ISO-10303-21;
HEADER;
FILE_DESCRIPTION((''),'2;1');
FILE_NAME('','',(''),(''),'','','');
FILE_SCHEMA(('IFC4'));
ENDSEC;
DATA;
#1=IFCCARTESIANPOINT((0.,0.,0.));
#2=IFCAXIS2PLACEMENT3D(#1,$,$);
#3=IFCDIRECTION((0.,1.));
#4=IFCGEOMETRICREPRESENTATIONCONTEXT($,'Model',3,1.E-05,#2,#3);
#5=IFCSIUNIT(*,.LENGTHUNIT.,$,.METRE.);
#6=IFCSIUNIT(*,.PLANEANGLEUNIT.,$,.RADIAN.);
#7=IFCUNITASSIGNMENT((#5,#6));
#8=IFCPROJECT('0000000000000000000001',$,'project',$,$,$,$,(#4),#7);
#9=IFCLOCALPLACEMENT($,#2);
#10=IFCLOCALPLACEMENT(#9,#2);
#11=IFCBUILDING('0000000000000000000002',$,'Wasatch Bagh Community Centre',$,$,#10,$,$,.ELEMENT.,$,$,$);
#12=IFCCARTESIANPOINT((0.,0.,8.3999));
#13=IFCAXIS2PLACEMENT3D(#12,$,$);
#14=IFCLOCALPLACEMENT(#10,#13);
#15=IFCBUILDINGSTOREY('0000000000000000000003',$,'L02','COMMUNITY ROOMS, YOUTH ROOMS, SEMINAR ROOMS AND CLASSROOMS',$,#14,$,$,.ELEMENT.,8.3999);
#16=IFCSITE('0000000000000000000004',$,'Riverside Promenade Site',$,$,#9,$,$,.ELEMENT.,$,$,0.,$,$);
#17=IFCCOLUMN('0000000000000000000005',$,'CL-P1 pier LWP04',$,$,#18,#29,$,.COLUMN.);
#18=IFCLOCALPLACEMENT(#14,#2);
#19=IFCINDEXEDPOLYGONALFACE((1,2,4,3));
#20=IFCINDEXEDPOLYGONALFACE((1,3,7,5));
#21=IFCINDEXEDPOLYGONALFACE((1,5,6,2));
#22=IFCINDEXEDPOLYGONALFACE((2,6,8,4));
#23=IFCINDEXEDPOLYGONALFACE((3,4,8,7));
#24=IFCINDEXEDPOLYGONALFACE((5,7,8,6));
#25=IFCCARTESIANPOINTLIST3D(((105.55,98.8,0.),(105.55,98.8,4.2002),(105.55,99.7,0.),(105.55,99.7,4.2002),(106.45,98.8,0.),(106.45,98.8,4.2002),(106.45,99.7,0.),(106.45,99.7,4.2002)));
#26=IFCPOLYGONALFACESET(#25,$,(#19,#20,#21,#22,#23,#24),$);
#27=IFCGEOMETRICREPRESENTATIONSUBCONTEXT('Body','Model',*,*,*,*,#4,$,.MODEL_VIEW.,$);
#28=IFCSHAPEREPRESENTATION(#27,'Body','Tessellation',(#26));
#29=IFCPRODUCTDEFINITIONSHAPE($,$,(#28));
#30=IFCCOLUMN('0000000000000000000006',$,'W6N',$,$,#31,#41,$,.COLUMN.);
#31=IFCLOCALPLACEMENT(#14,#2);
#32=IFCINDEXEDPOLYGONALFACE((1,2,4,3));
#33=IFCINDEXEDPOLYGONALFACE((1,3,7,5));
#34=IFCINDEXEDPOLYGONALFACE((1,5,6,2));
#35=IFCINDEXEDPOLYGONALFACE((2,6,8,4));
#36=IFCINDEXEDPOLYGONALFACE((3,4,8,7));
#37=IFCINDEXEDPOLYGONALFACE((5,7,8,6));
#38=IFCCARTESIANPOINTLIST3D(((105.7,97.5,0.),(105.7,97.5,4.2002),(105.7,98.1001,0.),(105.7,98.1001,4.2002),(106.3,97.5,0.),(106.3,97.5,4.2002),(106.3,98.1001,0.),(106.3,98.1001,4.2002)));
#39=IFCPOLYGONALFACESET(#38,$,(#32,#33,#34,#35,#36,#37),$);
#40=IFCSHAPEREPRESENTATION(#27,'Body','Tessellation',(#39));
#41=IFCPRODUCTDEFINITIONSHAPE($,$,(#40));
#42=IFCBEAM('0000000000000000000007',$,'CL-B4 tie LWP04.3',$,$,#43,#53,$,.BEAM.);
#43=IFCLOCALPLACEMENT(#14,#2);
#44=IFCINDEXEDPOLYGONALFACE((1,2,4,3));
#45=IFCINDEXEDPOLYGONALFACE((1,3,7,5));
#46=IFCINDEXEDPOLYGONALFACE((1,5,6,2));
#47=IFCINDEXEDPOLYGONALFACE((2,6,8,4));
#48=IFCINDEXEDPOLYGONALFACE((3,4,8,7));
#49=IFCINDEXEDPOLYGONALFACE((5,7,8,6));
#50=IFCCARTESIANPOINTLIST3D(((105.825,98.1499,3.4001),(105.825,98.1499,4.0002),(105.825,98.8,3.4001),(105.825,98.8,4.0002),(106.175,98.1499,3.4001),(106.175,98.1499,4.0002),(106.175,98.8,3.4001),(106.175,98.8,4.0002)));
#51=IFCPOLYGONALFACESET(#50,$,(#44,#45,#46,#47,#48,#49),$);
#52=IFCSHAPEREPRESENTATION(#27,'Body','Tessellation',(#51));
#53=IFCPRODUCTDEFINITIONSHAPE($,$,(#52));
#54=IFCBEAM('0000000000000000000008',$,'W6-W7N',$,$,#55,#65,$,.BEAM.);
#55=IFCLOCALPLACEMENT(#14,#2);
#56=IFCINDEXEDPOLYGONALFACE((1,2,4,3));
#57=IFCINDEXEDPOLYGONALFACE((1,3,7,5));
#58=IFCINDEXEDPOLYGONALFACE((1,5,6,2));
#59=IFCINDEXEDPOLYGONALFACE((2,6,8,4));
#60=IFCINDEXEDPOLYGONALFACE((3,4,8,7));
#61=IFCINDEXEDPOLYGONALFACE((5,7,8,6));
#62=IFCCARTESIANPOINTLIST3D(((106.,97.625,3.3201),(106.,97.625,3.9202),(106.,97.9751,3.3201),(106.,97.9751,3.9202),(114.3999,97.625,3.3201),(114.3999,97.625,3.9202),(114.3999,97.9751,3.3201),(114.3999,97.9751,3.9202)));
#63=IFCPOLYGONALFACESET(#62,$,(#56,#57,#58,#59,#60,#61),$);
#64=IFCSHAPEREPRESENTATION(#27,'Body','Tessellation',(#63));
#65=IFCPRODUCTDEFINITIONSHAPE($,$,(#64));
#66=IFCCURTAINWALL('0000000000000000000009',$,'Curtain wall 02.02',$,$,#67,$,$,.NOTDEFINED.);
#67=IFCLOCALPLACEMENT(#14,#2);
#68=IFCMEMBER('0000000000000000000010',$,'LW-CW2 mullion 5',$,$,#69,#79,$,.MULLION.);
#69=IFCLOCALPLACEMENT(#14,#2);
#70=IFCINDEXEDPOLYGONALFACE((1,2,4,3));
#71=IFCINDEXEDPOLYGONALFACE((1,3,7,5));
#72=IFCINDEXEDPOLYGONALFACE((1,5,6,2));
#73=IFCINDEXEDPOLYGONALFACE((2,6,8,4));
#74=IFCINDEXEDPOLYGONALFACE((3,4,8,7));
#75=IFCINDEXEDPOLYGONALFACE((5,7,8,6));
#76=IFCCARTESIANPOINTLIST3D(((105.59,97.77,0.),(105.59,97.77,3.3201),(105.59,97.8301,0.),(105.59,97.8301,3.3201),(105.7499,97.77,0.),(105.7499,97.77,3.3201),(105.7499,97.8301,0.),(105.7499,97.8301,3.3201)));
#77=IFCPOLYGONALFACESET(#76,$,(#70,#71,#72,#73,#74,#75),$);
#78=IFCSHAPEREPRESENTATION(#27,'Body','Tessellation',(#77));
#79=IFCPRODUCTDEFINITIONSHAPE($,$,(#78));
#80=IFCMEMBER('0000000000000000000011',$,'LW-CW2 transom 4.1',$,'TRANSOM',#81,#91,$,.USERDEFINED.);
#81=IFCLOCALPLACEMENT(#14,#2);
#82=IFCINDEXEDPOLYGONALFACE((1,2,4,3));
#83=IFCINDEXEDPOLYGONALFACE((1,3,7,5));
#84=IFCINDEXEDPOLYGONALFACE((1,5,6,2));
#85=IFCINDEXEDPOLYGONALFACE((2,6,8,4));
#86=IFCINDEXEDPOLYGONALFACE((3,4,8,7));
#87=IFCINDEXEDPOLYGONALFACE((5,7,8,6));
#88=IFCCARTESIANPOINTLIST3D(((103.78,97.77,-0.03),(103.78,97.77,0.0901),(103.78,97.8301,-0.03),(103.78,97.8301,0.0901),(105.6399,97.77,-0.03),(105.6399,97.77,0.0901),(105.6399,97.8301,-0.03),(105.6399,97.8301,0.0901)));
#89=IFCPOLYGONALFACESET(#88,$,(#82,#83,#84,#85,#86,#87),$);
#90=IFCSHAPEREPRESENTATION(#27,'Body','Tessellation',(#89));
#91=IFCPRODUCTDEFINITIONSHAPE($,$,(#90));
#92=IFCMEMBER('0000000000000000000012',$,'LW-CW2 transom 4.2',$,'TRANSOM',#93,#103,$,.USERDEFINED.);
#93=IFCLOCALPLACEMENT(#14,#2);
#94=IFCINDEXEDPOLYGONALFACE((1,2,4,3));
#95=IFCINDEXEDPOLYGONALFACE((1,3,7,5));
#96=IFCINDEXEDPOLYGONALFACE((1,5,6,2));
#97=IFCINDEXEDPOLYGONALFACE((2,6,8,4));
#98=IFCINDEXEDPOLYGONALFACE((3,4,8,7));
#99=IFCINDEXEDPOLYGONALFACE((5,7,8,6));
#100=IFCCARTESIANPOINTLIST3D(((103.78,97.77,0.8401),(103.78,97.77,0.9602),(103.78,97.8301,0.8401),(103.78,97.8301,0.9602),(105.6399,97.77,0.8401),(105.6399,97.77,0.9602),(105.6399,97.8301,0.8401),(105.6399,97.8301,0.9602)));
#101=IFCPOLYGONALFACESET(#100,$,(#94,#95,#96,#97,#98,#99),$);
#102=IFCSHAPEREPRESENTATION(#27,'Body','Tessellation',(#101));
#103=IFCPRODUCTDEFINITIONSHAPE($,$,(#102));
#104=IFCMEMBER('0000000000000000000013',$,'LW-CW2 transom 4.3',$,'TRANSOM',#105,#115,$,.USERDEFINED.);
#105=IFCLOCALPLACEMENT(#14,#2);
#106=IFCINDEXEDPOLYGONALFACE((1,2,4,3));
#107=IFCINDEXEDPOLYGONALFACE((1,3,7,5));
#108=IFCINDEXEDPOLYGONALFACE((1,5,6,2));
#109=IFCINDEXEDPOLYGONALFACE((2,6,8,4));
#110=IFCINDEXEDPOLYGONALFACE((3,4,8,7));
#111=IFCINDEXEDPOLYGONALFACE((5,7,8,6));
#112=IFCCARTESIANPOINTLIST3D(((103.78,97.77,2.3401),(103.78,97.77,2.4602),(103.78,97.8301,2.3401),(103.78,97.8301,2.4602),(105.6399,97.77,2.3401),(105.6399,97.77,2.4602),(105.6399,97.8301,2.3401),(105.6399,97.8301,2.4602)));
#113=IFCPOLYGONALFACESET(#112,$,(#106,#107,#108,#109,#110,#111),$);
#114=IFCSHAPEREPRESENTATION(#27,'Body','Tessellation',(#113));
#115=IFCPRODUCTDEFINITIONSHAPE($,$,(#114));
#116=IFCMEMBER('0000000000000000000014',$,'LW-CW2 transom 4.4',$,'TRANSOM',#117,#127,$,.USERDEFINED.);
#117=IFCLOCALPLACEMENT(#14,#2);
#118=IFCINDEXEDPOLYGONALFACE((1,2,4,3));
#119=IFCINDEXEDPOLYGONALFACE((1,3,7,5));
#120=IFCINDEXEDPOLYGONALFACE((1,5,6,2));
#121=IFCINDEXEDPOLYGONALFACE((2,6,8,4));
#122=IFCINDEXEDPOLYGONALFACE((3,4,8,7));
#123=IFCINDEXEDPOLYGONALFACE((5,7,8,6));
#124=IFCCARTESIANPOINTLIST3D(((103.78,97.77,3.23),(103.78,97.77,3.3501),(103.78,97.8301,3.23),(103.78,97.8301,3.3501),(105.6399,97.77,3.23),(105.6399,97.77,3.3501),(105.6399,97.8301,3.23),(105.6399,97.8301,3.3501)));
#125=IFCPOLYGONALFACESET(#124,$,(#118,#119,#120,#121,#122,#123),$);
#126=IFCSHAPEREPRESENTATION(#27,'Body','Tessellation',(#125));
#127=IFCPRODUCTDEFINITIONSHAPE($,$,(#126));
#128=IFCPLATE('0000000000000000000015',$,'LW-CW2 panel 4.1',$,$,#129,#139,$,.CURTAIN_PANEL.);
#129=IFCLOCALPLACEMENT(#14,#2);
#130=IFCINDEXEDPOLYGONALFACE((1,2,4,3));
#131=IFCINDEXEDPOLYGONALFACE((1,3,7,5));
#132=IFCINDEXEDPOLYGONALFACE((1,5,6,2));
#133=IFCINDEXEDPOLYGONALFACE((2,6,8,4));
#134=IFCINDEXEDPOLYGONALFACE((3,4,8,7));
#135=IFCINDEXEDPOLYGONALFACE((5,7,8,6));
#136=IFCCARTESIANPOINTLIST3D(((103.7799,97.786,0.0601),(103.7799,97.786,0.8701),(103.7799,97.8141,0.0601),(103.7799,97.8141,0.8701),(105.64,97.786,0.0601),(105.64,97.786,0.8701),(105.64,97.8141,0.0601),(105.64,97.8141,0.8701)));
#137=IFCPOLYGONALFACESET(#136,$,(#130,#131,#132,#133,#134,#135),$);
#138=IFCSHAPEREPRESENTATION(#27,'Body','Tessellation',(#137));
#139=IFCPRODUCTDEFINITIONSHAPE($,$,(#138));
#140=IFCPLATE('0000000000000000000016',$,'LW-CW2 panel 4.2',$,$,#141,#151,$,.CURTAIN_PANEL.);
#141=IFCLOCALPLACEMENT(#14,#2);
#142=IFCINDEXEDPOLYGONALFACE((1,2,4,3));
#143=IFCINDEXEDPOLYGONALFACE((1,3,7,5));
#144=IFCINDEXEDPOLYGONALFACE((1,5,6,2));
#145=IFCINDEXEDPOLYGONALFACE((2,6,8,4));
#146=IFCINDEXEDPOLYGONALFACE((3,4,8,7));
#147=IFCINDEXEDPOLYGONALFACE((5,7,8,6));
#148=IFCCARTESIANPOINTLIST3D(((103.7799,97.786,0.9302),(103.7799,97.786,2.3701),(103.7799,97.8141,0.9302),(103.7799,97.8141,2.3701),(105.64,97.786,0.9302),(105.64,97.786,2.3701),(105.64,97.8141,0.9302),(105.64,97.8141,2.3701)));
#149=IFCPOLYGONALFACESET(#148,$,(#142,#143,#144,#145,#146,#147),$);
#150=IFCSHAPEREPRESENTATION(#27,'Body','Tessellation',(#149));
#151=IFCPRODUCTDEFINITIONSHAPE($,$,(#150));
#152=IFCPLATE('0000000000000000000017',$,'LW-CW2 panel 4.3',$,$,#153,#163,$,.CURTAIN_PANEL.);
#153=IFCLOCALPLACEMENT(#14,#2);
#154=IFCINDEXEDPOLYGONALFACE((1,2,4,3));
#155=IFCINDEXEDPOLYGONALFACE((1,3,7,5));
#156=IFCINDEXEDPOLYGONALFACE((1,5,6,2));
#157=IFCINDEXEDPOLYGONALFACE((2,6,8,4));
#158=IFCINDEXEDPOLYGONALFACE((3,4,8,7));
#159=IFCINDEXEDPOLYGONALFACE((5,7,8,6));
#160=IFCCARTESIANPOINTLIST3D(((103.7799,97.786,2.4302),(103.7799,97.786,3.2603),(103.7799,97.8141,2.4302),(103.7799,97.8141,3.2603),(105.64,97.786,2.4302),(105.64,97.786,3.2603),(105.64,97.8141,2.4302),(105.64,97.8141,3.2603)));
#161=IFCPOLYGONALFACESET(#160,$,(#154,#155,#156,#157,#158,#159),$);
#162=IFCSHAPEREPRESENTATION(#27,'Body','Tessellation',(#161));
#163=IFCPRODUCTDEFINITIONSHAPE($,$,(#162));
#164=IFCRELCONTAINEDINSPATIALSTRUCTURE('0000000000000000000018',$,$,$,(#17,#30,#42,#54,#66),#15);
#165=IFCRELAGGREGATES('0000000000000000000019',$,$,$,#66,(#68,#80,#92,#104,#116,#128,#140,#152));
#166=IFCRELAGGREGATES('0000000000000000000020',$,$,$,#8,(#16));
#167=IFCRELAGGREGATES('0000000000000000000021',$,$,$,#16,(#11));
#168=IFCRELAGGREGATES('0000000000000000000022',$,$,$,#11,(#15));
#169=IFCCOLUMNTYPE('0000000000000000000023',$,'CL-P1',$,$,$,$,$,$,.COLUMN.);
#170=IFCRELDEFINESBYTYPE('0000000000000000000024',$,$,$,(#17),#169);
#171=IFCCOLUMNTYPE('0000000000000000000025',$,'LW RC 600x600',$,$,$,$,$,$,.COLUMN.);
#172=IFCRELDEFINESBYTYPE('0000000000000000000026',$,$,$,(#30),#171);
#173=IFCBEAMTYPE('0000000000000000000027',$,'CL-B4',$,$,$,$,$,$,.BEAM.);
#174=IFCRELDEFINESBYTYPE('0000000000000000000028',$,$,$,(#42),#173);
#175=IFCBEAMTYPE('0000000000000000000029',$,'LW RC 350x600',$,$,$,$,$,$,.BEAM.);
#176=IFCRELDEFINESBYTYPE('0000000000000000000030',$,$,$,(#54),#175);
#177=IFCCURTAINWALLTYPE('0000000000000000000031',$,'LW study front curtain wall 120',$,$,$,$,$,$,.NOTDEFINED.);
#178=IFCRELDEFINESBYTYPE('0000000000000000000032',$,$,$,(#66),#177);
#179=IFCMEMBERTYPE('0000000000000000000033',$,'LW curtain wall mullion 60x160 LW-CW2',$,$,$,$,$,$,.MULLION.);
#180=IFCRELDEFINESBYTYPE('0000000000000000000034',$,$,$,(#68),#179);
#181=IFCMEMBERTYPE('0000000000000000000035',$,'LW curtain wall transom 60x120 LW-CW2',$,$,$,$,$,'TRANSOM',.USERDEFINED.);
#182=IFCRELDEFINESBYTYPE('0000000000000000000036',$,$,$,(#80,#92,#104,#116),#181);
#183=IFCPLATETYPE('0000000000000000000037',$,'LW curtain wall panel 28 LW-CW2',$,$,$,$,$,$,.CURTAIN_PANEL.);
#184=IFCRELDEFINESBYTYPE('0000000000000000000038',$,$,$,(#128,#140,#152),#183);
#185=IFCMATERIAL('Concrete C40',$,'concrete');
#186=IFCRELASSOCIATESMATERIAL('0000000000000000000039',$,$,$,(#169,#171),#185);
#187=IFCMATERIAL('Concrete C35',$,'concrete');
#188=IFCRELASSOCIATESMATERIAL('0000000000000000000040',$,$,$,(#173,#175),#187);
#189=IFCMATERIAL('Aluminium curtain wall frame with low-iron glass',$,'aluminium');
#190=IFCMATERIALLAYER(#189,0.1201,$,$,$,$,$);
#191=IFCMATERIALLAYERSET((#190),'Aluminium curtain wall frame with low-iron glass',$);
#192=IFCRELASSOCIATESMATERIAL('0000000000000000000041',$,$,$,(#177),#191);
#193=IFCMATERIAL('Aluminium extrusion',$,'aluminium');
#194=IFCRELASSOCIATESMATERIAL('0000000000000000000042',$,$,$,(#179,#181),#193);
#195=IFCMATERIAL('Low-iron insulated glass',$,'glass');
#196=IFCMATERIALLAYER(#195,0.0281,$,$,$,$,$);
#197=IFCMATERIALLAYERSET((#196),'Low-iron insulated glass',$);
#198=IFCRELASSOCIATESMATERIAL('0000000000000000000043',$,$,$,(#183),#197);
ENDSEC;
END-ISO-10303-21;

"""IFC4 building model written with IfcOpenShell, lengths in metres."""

from ifc_helpers import new_model, si_unit, direction, frame, origin, origin_2d, place, context, subcontext, project, spatial, rectangle, extrude, material, layer, layer_set, material_profile, profile_set, type_object, element, aggregate, save


model = new_model("IFC4")

# Units and contexts
model_context = context("Model", 3, precision=1e-05, world=origin(), true_north=direction((0.0, 1.0)))
body_context = subcontext(model_context, "Body", "Model", "MODEL_VIEW")
ifc_project = project(units=[si_unit("LENGTHUNIT", "METRE"), si_unit("PLANEANGLEUNIT", "RADIAN")], contexts=[model_context])

# Site, building, storey
site_placement = place(None, origin())
site = spatial("IfcSite", under=ifc_project, at=site_placement, Name="Riverside Promenade Site", CompositionType="ELEMENT", RefElevation=0.0)
building_placement = place(site_placement, origin())
building = spatial("IfcBuilding", under=site, at=building_placement, Name="Wasatch Bagh Community Centre", CompositionType="ELEMENT")
storey_placement = place(building_placement, frame((0.0, 0.0, 8.3999)))
storey = spatial("IfcBuildingStorey", under=building, at=storey_placement, Name="L02", Description="COMMUNITY ROOMS, YOUTH ROOMS, SEMINAR ROOMS AND CLASSROOMS", CompositionType="ELEMENT", Elevation=8.3999)

# Columns
ifc_material_1 = material(Name="Concrete C40", Category="concrete")
ifc_material_profile_1 = material_profile(ifc_material_1, rectangle(XDim=0.8999, YDim=0.8999, at=origin_2d()), Name="RC 900x900")
ifc_profile_set_1 = profile_set([ifc_material_profile_1], Name="Concrete C40")
column_type_1 = type_object("IfcColumnType", Name="CL-P1", PredefinedType="COLUMN", material=ifc_profile_set_1)
column_1_placement = place(storey_placement, frame((106.0, 99.25, 0.0), z_axis=(0.0, 0.0, 1.0), x_axis=(1.0, 0.0, 0.0)))
element("IfcColumn", 1, at=column_1_placement, inside=storey, type_object=column_type_1, Name="CL-P1 pier LWP04", PredefinedType="COLUMN", context=body_context, shape_type="SweptSolid", body=[
    extrude(rectangle(XDim=0.8999, YDim=0.8999, at=origin_2d()), origin(), (0.0, 0.0, 1.0), 4.2002),
])
ifc_material_profile_2 = material_profile(ifc_material_1, rectangle(XDim=0.6001, YDim=0.6001, at=origin_2d()), Name="RC 600x600")
ifc_profile_set_2 = profile_set([ifc_material_profile_2], Name="Concrete C40")
column_type_2 = type_object("IfcColumnType", Name="LW RC 600x600", PredefinedType="COLUMN", material=ifc_profile_set_2)
column_2_placement = place(storey_placement, frame((106.0, 97.8, 0.0), z_axis=(0.0, 0.0, 1.0), x_axis=(1.0, 0.0, 0.0)))
element("IfcColumn", 2, at=column_2_placement, inside=storey, type_object=column_type_2, Name="W6N", PredefinedType="COLUMN", context=body_context, shape_type="SweptSolid", body=[
    extrude(rectangle(XDim=0.6001, YDim=0.6001, at=origin_2d()), origin(), (0.0, 0.0, 1.0), 4.2002),
])

# Beams
ifc_material_2 = material(Name="Concrete C35", Category="concrete")
ifc_material_profile_3 = material_profile(ifc_material_2, rectangle(XDim=0.3501, YDim=0.6001, at=origin_2d()), Name="RC 350x600")
ifc_profile_set_3 = profile_set([ifc_material_profile_3], Name="Concrete C35")
beam_type_1 = type_object("IfcBeamType", Name="CL-B4", PredefinedType="BEAM", material=ifc_profile_set_3)
beam_1_placement = place(storey_placement, frame((106.0, 98.1499, 3.7002), z_axis=(0.0, 1.0, 0.0), x_axis=(-1.0, 0.0, 0.0)))
element("IfcBeam", 3, at=beam_1_placement, inside=storey, type_object=beam_type_1, Name="CL-B4 tie LWP04.3", PredefinedType="BEAM", context=body_context, shape_type="SweptSolid", body=[
    extrude(rectangle(XDim=0.3501, YDim=0.6001, at=origin_2d()), origin(), (0.0, 0.0, 1.0), 0.6501),
])
ifc_material_profile_4 = material_profile(ifc_material_2, rectangle(XDim=0.3501, YDim=0.6001, at=origin_2d()), Name="RC 350x600")
ifc_profile_set_4 = profile_set([ifc_material_profile_4], Name="Concrete C35")
beam_type_2 = type_object("IfcBeamType", Name="LW RC 350x600", PredefinedType="BEAM", material=ifc_profile_set_4)
beam_2_placement = place(storey_placement, frame((106.0, 97.8, 3.6201), z_axis=(1.0, 0.0, 0.0), x_axis=(0.0, 1.0, 0.0)))
element("IfcBeam", 4, at=beam_2_placement, inside=storey, type_object=beam_type_2, Name="W6-W7N", PredefinedType="BEAM", context=body_context, shape_type="SweptSolid", body=[
    extrude(rectangle(XDim=0.3501, YDim=0.6001, at=origin_2d()), origin(), (0.0, 0.0, 1.0), 8.3999),
])

# Curtain wall, members, plates
ifc_material_3 = material(Name="Aluminium curtain wall frame with low-iron glass", Category="aluminium")
ifc_layer_1 = layer(ifc_material_3, 0.1201)
ifc_layer_set_1 = layer_set([ifc_layer_1], Name="Aluminium curtain wall frame with low-iron glass")
curtain_wall_type = type_object("IfcCurtainWallType", Name="LW study front curtain wall 120", PredefinedType="NOTDEFINED", material=ifc_layer_set_1)
curtain_wall_placement = place(storey_placement, origin())
curtain_wall = element("IfcCurtainWall", 5, at=curtain_wall_placement, inside=storey, type_object=curtain_wall_type, Name="Curtain wall 02.02", PredefinedType="NOTDEFINED")
ifc_material_4 = material(Name="Aluminium extrusion", Category="aluminium")
ifc_material_profile_5 = material_profile(ifc_material_4, rectangle(XDim=0.0601, YDim=0.1599, at=origin_2d()), Name="AL 60x160")
ifc_profile_set_5 = profile_set([ifc_material_profile_5], Name="Aluminium extrusion")
member_type_1 = type_object("IfcMemberType", Name="LW curtain wall mullion 60x160 LW-CW2", PredefinedType="MULLION", material=ifc_profile_set_5)
member_1_placement = place(storey_placement, frame((105.6699, 97.8, 0.0), z_axis=(0.0, 0.0, 1.0), x_axis=(0.0, 1.0, 0.0)))
member_1 = element("IfcMember", 6, at=member_1_placement, type_object=member_type_1, Name="LW-CW2 mullion 5", PredefinedType="MULLION", context=body_context, shape_type="SweptSolid", body=[
    extrude(rectangle(XDim=0.0601, YDim=0.1599, at=origin_2d()), origin(), (0.0, 0.0, 1.0), 3.3201),
])
ifc_material_profile_6 = material_profile(ifc_material_4, rectangle(XDim=0.0601, YDim=0.1201, at=origin_2d()), Name="AL 60x120")
ifc_profile_set_6 = profile_set([ifc_material_profile_6], Name="Aluminium extrusion")
member_type_2 = type_object("IfcMemberType", Name="LW curtain wall transom 60x120 LW-CW2", ElementType="TRANSOM", PredefinedType="USERDEFINED", material=ifc_profile_set_6)
member_2_placement = place(storey_placement, frame((103.78, 97.8, 0.03), z_axis=(1.0, 0.0, 0.0), x_axis=(0.0, 1.0, 0.0)))
member_2 = element("IfcMember", 7, at=member_2_placement, type_object=member_type_2, Name="LW-CW2 transom 4.1", ObjectType="TRANSOM", PredefinedType="USERDEFINED", context=body_context, shape_type="SweptSolid", body=[
    extrude(rectangle(XDim=0.0601, YDim=0.1201, at=origin_2d()), origin(), (0.0, 0.0, 1.0), 1.8599),
])
member_3_placement = place(storey_placement, frame((103.78, 97.8, 0.9001), z_axis=(1.0, 0.0, 0.0), x_axis=(0.0, 1.0, 0.0)))
member_3 = element("IfcMember", 8, at=member_3_placement, type_object=member_type_2, Name="LW-CW2 transom 4.2", ObjectType="TRANSOM", PredefinedType="USERDEFINED", context=body_context, shape_type="SweptSolid", body=[
    extrude(rectangle(XDim=0.0601, YDim=0.1201, at=origin_2d()), origin(), (0.0, 0.0, 1.0), 1.8599),
])
member_4_placement = place(storey_placement, frame((103.78, 97.8, 2.4001), z_axis=(1.0, 0.0, 0.0), x_axis=(0.0, 1.0, 0.0)))
member_4 = element("IfcMember", 9, at=member_4_placement, type_object=member_type_2, Name="LW-CW2 transom 4.3", ObjectType="TRANSOM", PredefinedType="USERDEFINED", context=body_context, shape_type="SweptSolid", body=[
    extrude(rectangle(XDim=0.0601, YDim=0.1201, at=origin_2d()), origin(), (0.0, 0.0, 1.0), 1.8599),
])
member_5_placement = place(storey_placement, frame((103.78, 97.8, 3.29), z_axis=(1.0, 0.0, 0.0), x_axis=(0.0, 1.0, 0.0)))
member_5 = element("IfcMember", 10, at=member_5_placement, type_object=member_type_2, Name="LW-CW2 transom 4.4", ObjectType="TRANSOM", PredefinedType="USERDEFINED", context=body_context, shape_type="SweptSolid", body=[
    extrude(rectangle(XDim=0.0601, YDim=0.1201, at=origin_2d()), origin(), (0.0, 0.0, 1.0), 1.8599),
])
ifc_material_5 = material(Name="Low-iron insulated glass", Category="glass")
ifc_layer_2 = layer(ifc_material_5, 0.0281)
ifc_layer_set_2 = layer_set([ifc_layer_2], Name="Low-iron insulated glass")
plate_type_1 = type_object("IfcPlateType", Name="LW curtain wall panel 28 LW-CW2", PredefinedType="CURTAIN_PANEL", material=ifc_layer_set_2)
plate_1_placement = place(storey_placement, frame((104.71, 97.8, 0.0601), z_axis=(0.0, 0.0, 1.0), x_axis=(1.0, 0.0, 0.0)))
plate_1 = element("IfcPlate", 11, at=plate_1_placement, type_object=plate_type_1, Name="LW-CW2 panel 4.1", PredefinedType="CURTAIN_PANEL", context=body_context, shape_type="SweptSolid", body=[
    extrude(rectangle(XDim=1.8601, YDim=0.0281, at=origin_2d()), origin(), (0.0, 0.0, 1.0), 0.8101),
])
plate_2_placement = place(storey_placement, frame((104.71, 97.8, 0.9302), z_axis=(0.0, 0.0, 1.0), x_axis=(1.0, 0.0, 0.0)))
plate_2 = element("IfcPlate", 12, at=plate_2_placement, type_object=plate_type_1, Name="LW-CW2 panel 4.2", PredefinedType="CURTAIN_PANEL", context=body_context, shape_type="SweptSolid", body=[
    extrude(rectangle(XDim=1.8601, YDim=0.0281, at=origin_2d()), origin(), (0.0, 0.0, 1.0), 1.4399),
])
plate_3_placement = place(storey_placement, frame((104.71, 97.8, 2.4302), z_axis=(0.0, 0.0, 1.0), x_axis=(1.0, 0.0, 0.0)))
plate_3 = element("IfcPlate", 13, at=plate_3_placement, type_object=plate_type_1, Name="LW-CW2 panel 4.3", PredefinedType="CURTAIN_PANEL", context=body_context, shape_type="SweptSolid", body=[
    extrude(rectangle(XDim=1.8601, YDim=0.0281, at=origin_2d()), origin(), (0.0, 0.0, 1.0), 0.8301),
])
aggregate(curtain_wall, [member_1, member_2, member_3, member_4, member_5, plate_1, plate_2, plate_3])

save(model, "model.ifc")
